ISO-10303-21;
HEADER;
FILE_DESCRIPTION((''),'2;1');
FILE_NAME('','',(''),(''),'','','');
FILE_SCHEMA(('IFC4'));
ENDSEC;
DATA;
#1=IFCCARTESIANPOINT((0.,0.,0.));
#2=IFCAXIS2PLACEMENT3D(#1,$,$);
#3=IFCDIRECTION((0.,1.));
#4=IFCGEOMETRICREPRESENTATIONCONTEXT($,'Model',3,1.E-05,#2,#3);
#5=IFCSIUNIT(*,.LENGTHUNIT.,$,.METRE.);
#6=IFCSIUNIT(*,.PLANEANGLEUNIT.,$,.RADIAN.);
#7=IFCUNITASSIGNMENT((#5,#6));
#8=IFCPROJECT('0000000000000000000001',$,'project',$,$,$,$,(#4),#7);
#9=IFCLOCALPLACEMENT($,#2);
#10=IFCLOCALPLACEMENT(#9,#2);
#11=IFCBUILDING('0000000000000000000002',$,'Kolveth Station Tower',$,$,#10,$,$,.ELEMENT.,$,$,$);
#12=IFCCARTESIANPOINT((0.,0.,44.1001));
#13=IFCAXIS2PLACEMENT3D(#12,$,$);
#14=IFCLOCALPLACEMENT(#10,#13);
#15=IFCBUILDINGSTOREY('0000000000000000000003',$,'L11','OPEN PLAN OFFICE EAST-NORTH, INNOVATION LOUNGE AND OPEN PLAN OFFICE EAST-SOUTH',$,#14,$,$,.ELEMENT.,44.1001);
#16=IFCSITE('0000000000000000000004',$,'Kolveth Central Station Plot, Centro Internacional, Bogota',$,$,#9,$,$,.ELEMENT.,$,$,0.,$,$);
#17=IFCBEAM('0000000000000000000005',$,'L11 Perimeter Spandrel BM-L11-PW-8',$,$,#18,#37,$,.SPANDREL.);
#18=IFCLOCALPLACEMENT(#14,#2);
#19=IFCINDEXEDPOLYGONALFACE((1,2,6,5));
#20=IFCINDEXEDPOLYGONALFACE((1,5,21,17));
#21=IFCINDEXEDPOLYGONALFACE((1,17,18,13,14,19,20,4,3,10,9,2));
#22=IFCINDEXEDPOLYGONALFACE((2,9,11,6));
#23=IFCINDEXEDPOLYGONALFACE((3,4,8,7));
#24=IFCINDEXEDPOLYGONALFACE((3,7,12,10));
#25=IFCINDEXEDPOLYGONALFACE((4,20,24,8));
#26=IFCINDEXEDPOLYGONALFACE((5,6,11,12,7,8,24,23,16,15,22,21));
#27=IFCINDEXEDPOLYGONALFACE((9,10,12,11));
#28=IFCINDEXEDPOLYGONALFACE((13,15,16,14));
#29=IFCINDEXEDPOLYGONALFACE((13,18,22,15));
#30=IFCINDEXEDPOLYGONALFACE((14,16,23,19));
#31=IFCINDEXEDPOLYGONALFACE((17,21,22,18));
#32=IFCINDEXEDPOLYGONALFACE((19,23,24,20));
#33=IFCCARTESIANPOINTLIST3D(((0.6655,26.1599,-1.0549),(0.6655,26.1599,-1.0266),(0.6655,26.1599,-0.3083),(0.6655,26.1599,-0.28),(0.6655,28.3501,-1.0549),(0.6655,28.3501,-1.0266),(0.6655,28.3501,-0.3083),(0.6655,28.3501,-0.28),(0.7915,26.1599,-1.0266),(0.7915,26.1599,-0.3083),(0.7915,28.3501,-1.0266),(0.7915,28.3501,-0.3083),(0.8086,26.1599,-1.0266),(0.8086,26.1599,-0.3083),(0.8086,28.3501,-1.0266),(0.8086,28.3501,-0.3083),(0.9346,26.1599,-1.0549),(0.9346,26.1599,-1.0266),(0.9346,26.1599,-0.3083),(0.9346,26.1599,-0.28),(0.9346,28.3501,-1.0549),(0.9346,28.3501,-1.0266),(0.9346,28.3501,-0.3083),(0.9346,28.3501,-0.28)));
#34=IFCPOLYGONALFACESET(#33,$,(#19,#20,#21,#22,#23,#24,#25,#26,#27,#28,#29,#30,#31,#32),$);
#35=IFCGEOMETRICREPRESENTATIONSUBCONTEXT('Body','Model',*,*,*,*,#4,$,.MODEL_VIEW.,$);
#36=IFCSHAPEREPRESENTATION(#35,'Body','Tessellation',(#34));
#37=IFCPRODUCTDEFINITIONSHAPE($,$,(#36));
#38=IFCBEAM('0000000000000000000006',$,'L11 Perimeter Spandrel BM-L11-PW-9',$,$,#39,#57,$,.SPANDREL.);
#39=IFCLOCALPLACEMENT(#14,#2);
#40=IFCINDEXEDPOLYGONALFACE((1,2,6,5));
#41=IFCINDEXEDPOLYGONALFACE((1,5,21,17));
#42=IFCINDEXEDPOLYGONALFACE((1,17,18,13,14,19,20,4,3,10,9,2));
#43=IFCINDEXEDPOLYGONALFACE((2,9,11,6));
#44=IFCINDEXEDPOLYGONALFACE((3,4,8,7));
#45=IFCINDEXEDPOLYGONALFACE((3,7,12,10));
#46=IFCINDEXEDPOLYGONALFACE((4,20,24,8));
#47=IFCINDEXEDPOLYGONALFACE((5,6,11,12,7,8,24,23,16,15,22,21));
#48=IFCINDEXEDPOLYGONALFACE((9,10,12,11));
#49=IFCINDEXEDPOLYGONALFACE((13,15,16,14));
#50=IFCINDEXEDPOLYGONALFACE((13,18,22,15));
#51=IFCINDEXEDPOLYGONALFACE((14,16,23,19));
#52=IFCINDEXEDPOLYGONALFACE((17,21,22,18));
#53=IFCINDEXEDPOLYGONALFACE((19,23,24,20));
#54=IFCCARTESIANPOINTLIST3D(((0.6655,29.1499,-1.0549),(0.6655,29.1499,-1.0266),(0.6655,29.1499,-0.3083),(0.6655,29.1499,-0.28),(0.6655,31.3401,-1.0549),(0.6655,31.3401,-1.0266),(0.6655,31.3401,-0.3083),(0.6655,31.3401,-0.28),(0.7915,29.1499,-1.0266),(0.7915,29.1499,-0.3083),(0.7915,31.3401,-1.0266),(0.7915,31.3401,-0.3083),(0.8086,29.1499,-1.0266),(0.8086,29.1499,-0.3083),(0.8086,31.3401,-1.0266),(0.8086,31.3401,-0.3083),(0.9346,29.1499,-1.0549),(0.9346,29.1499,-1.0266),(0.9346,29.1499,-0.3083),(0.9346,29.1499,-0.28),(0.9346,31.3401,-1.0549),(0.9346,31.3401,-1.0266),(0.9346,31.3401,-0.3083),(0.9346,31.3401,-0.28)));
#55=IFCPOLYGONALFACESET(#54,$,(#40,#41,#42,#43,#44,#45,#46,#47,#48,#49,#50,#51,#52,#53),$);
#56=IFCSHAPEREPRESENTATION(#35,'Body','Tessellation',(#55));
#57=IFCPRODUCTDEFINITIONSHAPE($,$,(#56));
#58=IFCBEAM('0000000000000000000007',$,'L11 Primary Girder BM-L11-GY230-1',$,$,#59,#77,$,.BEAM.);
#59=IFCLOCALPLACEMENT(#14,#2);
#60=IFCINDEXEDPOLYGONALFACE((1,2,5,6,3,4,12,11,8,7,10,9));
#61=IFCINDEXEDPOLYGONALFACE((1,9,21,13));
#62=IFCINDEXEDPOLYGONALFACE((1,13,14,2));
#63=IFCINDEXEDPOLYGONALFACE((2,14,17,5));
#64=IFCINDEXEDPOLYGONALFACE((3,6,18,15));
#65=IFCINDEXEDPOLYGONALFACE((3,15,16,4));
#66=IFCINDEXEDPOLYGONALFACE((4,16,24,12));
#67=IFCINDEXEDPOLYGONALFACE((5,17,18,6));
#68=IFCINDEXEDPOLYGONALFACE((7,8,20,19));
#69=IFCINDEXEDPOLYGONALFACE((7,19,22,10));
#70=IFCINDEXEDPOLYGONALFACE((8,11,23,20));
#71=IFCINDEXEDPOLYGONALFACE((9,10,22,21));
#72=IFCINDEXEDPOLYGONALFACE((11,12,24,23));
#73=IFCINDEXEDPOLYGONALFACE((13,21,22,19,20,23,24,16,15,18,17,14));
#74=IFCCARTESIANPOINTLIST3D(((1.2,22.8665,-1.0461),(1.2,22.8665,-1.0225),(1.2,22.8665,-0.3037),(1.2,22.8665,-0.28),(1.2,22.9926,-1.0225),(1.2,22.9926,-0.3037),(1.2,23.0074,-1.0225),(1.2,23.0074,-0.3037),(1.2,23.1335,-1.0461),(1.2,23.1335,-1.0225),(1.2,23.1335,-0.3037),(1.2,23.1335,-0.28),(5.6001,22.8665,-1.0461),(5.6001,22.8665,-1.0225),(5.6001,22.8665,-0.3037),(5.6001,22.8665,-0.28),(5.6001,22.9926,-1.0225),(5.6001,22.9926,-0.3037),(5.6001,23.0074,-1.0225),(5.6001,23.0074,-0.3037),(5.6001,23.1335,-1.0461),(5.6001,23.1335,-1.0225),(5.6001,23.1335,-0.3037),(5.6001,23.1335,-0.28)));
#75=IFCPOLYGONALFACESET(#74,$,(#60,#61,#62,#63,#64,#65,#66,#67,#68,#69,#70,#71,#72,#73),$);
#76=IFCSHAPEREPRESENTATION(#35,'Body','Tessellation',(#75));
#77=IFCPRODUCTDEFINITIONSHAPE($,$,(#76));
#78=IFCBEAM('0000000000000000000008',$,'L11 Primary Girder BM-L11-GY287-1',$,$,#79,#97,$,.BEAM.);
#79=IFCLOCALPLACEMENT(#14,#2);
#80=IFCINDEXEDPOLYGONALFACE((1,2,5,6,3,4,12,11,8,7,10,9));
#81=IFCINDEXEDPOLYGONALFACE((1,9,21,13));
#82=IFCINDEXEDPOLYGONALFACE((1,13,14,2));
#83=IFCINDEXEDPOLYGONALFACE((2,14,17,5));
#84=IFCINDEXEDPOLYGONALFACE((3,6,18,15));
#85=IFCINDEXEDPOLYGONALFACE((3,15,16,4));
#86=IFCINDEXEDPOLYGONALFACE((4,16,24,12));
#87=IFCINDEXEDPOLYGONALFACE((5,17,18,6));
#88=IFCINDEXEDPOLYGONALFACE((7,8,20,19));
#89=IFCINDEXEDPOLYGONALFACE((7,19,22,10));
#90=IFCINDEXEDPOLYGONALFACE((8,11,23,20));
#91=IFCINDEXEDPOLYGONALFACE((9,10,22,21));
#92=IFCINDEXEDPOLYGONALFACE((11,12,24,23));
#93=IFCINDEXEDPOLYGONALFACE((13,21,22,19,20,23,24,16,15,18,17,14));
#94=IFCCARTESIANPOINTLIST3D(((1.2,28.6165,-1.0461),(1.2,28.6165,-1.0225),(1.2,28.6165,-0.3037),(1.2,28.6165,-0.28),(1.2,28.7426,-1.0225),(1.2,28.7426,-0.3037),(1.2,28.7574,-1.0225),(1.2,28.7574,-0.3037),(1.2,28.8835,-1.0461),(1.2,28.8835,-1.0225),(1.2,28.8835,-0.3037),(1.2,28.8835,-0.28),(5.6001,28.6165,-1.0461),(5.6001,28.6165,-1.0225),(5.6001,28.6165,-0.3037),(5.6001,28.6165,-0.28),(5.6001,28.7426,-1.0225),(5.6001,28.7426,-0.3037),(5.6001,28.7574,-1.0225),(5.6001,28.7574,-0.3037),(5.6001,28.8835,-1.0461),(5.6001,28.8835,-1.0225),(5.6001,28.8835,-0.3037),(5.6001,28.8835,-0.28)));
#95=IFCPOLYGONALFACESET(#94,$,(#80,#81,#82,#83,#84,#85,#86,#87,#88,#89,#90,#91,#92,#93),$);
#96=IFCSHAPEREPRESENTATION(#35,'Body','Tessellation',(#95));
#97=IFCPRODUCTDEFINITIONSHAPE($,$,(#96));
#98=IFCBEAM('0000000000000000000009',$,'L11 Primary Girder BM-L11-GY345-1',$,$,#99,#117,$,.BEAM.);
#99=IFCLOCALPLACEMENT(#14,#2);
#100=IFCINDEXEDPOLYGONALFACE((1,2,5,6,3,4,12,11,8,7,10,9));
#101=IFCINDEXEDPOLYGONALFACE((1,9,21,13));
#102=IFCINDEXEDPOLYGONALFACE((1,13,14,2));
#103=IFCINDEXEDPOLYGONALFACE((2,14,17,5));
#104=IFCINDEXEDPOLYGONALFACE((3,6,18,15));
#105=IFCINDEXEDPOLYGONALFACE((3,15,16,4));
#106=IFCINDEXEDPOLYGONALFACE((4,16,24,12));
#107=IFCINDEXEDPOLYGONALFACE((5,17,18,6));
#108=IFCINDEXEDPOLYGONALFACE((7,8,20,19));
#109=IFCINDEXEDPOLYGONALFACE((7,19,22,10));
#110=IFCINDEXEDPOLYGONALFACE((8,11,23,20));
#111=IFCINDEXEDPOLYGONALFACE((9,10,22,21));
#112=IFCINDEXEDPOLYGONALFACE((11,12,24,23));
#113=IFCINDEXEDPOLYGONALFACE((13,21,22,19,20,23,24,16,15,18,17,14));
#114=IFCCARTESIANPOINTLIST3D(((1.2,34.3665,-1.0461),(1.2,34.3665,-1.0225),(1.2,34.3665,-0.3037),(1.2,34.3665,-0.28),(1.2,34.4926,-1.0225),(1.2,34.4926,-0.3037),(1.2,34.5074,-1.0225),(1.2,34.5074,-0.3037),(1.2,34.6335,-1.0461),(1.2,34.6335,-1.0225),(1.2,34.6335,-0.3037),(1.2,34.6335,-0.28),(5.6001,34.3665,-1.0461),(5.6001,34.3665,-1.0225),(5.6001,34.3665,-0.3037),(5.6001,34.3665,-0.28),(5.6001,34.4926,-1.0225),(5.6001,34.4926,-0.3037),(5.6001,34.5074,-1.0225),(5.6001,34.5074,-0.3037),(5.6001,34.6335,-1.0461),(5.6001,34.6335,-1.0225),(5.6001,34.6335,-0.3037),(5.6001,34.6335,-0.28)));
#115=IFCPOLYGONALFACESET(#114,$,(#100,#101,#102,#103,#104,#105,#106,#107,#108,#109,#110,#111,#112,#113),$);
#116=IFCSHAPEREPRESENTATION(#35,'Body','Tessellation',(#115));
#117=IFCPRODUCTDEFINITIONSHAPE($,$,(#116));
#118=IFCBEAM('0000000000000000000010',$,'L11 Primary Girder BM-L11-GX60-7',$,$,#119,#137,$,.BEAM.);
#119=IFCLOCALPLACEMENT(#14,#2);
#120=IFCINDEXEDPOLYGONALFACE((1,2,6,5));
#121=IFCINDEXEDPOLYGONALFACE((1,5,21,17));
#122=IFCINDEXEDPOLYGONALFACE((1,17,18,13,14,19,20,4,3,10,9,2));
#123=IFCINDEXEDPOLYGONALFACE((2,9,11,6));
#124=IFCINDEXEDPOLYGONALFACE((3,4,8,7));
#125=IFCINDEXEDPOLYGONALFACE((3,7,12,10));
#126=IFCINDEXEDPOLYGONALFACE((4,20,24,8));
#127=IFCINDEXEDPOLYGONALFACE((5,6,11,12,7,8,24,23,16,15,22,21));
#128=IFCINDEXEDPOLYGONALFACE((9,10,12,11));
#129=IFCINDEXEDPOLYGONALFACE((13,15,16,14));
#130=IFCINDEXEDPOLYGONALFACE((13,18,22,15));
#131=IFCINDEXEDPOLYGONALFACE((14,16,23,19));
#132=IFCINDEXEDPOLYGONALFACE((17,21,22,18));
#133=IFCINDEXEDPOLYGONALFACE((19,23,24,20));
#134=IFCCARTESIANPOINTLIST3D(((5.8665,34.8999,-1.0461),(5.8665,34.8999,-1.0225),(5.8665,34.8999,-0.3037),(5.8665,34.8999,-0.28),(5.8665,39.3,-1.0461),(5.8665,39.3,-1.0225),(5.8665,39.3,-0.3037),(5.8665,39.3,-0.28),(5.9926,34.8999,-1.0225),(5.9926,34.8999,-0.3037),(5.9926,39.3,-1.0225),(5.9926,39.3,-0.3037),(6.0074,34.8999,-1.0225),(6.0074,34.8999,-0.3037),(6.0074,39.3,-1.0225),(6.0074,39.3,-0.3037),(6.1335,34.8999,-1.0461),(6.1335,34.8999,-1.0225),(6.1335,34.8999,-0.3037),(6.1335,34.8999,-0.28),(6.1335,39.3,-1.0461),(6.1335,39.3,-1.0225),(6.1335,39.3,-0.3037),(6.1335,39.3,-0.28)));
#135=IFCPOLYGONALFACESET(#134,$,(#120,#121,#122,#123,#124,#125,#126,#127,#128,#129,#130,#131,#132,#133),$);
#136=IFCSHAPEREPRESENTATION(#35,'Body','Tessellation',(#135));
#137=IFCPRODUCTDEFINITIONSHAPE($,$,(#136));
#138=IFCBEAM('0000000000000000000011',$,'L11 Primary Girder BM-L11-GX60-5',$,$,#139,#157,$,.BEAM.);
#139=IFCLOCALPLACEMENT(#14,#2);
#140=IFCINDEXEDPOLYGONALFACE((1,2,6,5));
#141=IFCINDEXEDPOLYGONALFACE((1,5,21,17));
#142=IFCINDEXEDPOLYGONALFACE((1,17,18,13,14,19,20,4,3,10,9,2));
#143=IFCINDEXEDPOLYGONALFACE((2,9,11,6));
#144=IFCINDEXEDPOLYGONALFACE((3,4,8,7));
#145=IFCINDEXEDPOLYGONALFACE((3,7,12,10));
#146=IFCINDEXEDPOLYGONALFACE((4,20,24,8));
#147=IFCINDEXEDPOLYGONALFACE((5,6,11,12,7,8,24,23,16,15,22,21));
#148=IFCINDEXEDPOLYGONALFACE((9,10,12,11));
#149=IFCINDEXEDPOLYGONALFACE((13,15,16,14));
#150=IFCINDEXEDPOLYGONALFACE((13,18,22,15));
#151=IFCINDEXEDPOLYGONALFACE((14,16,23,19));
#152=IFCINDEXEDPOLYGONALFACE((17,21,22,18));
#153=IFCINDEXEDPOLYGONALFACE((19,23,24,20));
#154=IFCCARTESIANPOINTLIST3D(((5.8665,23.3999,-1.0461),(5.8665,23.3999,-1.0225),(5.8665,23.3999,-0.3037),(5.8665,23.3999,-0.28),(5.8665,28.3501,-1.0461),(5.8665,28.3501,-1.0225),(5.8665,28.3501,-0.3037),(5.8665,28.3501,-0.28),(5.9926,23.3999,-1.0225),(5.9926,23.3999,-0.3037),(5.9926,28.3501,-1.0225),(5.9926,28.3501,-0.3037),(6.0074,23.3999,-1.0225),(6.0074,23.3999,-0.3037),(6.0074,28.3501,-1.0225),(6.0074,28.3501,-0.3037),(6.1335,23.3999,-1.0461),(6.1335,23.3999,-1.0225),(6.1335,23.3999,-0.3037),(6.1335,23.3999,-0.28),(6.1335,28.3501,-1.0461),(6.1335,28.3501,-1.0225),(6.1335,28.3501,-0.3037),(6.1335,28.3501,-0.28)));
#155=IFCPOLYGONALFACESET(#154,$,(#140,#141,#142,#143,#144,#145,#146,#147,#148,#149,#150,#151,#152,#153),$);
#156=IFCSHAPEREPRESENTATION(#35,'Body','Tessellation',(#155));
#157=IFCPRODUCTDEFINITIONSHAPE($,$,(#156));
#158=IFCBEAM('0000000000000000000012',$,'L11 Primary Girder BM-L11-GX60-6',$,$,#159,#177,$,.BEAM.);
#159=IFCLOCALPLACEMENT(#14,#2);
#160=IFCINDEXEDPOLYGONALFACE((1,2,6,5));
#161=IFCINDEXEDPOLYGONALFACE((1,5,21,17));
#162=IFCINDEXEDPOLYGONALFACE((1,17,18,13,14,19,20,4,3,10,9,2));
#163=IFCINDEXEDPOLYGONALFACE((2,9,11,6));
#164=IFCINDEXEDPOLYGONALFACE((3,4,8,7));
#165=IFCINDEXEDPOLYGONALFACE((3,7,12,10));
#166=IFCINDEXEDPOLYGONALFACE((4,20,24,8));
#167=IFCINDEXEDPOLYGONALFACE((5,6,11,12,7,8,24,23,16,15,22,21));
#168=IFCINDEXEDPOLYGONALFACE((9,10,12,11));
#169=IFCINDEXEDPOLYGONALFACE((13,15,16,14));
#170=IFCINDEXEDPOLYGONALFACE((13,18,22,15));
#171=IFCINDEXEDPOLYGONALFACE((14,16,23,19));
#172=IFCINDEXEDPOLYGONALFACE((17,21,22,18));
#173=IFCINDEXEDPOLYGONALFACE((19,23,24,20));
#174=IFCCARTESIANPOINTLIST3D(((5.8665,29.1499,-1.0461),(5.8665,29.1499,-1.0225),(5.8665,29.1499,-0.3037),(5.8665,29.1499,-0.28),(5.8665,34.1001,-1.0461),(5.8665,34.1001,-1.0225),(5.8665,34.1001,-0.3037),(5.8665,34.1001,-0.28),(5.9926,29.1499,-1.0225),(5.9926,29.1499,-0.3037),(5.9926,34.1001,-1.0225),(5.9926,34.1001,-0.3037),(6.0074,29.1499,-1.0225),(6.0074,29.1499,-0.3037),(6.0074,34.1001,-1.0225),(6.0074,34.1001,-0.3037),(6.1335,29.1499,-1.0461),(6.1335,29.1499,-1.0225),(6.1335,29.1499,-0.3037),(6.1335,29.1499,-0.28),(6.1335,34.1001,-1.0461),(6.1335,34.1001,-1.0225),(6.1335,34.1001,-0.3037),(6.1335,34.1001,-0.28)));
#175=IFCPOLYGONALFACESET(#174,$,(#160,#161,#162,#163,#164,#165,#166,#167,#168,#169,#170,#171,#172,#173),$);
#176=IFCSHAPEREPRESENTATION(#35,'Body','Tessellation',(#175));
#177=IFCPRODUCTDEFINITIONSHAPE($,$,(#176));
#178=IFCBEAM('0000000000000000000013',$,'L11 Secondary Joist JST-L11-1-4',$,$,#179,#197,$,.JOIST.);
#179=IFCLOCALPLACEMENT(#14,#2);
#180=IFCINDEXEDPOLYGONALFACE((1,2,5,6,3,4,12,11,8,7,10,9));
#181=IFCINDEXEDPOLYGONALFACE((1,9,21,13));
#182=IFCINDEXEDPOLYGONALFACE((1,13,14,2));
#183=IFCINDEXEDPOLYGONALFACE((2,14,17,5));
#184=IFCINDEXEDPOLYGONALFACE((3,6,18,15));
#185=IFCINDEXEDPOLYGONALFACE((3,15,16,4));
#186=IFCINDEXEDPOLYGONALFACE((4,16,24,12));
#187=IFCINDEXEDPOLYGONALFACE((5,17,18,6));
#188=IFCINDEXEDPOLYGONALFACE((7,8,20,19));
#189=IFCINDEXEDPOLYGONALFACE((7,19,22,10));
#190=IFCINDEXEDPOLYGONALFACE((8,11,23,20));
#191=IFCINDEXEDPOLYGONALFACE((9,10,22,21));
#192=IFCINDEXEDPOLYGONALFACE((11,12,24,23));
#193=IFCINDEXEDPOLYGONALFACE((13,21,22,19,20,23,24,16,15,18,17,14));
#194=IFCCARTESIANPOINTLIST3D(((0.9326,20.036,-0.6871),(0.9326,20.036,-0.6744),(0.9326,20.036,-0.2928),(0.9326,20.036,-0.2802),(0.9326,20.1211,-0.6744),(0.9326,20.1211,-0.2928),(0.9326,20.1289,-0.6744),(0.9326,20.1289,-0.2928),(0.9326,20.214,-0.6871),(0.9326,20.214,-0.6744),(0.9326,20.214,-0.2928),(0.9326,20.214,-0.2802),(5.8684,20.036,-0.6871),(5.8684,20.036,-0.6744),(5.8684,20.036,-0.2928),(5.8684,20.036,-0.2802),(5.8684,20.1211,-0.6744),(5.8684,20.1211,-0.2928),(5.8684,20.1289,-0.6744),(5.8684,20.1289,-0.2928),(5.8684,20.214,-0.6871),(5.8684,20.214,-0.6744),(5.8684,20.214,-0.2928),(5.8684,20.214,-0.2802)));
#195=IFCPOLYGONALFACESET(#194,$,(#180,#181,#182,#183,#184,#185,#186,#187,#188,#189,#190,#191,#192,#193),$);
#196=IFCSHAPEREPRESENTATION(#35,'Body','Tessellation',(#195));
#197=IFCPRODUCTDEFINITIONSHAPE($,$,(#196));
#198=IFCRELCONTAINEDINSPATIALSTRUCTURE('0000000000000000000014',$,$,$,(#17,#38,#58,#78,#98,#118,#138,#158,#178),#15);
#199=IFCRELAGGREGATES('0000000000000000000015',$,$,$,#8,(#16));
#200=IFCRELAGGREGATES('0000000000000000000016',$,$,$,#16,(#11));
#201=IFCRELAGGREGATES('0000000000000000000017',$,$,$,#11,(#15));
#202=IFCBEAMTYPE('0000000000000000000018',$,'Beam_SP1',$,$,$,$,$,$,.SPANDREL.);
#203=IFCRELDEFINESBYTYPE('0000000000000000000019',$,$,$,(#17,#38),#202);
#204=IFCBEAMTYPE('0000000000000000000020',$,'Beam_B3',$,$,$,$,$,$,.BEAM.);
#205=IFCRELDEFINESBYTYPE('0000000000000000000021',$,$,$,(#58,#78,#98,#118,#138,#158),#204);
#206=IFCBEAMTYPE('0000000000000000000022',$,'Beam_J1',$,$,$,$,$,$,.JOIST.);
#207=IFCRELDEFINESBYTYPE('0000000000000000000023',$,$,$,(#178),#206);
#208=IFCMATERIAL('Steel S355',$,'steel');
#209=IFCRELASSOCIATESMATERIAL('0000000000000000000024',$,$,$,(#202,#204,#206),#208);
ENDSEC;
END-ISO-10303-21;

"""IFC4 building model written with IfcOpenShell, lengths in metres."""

from ifc_helpers import new_model, si_unit, direction, frame, origin, origin_2d, place, context, subcontext, project, spatial, i_section, extrude, source, transform, mapped, material, material_profile, profile_set, type_object, element, save


model = new_model("IFC4")

# Units and contexts
model_context = context("Model", 3, precision=1e-05, world=origin(), true_north=direction((0.0, 1.0)))
body_context = subcontext(model_context, "Body", "Model", "MODEL_VIEW")
ifc_project = project(units=[si_unit("LENGTHUNIT", "METRE"), si_unit("PLANEANGLEUNIT", "RADIAN")], contexts=[model_context])

# Site, building, storey
site_placement = place(None, origin())
site = spatial("IfcSite", under=ifc_project, at=site_placement, Name="Kolveth Central Station Plot, Centro Internacional, Bogota", CompositionType="ELEMENT", RefElevation=0.0)
building_placement = place(site_placement, origin())
building = spatial("IfcBuilding", under=site, at=building_placement, Name="Kolveth Station Tower", CompositionType="ELEMENT")
storey_placement = place(building_placement, frame((0.0, 0.0, 44.1001)))
storey = spatial("IfcBuildingStorey", under=building, at=storey_placement, Name="L11", Description="OPEN PLAN OFFICE EAST-NORTH, INNOVATION LOUNGE AND OPEN PLAN OFFICE EAST-SOUTH", CompositionType="ELEMENT", Elevation=44.1001)

# Shared definitions
ifc_material_1 = material(Name="Steel S355", Category="steel")

# Beams
ifc_material_profile_1 = material_profile(ifc_material_1, i_section(OverallWidth=0.269, OverallDepth=0.7749, WebThickness=0.0171, FlangeThickness=0.0283, at=origin_2d()), Name="W760x220")
ifc_profile_set_1 = profile_set([ifc_material_profile_1], Name="Steel S355")
beam_type_1 = type_object("IfcBeamType", Name="Beam_SP1", PredefinedType="SPANDREL", material=ifc_profile_set_1)
shared_shape_1 = source(origin(), body_context, "Body", "SweptSolid", [
    extrude(i_section(OverallWidth=0.269, OverallDepth=0.7749, WebThickness=0.0171, FlangeThickness=0.0283, at=origin_2d()), origin(), (0.0, 0.0, 1.0), 2.1902),
])
for number, where, z_axis, x_axis, name in (
    (1, (0.8, 26.1599, -0.6675), (0.0, 1.0, 0.0), (-1.0, 0.0, 0.0), "L11 Perimeter Spandrel BM-L11-PW-8"),
    (2, (0.8, 29.1499, -0.6675), (0.0, 1.0, 0.0), (-1.0, 0.0, 0.0), "L11 Perimeter Spandrel BM-L11-PW-9"),
):
    element("IfcBeam", number, at=place(storey_placement, frame(where, z_axis=z_axis, x_axis=x_axis)), inside=storey, type_object=beam_type_1, Name=name, PredefinedType="SPANDREL", context=body_context, shape_type="MappedRepresentation", body=[
        mapped(shared_shape_1, transform((0.0, 0.0, 0.0), x_axis=(1.0, 0.0, 0.0), y_axis=(0.0, 1.0, 0.0), z_axis=(0.0, 0.0, 1.0), scale=1.0)),
    ])
ifc_material_profile_2 = material_profile(ifc_material_1, i_section(OverallWidth=0.2671, OverallDepth=0.7661, WebThickness=0.0149, FlangeThickness=0.0237, at=origin_2d()), Name="W760x185")
ifc_profile_set_2 = profile_set([ifc_material_profile_2], Name="Steel S355")
beam_type_2 = type_object("IfcBeamType", Name="Beam_B3", PredefinedType="BEAM", material=ifc_profile_set_2)
shared_shape_2 = source(origin(), body_context, "Body", "SweptSolid", [
    extrude(i_section(OverallWidth=0.2671, OverallDepth=0.7661, WebThickness=0.0149, FlangeThickness=0.0237, at=origin_2d()), origin(), (0.0, 0.0, 1.0), 4.4001),
])
for number, where, z_axis, x_axis, name in (
    (3, (1.2, 23.0, -0.6631), (1.0, 0.0, 0.0), (0.0, 1.0, 0.0), "L11 Primary Girder BM-L11-GY230-1"),
    (4, (1.2, 28.75, -0.6631), (1.0, 0.0, 0.0), (0.0, 1.0, 0.0), "L11 Primary Girder BM-L11-GY287-1"),
    (5, (1.2, 34.5, -0.6631), (1.0, 0.0, 0.0), (0.0, 1.0, 0.0), "L11 Primary Girder BM-L11-GY345-1"),
    (6, (6.0, 34.8999, -0.6631), (0.0, 1.0, 0.0), (-1.0, 0.0, 0.0), "L11 Primary Girder BM-L11-GX60-7"),
):
    element("IfcBeam", number, at=place(storey_placement, frame(where, z_axis=z_axis, x_axis=x_axis)), inside=storey, type_object=beam_type_2, Name=name, PredefinedType="BEAM", context=body_context, shape_type="MappedRepresentation", body=[
        mapped(shared_shape_2, transform((0.0, 0.0, 0.0), x_axis=(1.0, 0.0, 0.0), y_axis=(0.0, 1.0, 0.0), z_axis=(0.0, 0.0, 1.0), scale=1.0)),
    ])
shared_shape_3 = source(origin(), body_context, "Body", "SweptSolid", [
    extrude(i_section(OverallWidth=0.2671, OverallDepth=0.7661, WebThickness=0.0149, FlangeThickness=0.0237, at=origin_2d()), origin(), (0.0, 0.0, 1.0), 4.9502),
])
for number, where, z_axis, x_axis, name in (
    (7, (6.0, 23.3999, -0.6631), (0.0, 1.0, 0.0), (-1.0, 0.0, 0.0), "L11 Primary Girder BM-L11-GX60-5"),
    (8, (6.0, 29.1499, -0.6631), (0.0, 1.0, 0.0), (-1.0, 0.0, 0.0), "L11 Primary Girder BM-L11-GX60-6"),
):
    element("IfcBeam", number, at=place(storey_placement, frame(where, z_axis=z_axis, x_axis=x_axis)), inside=storey, type_object=beam_type_2, Name=name, PredefinedType="BEAM", context=body_context, shape_type="MappedRepresentation", body=[
        mapped(shared_shape_3, transform((0.0, 0.0, 0.0), x_axis=(1.0, 0.0, 0.0), y_axis=(0.0, 1.0, 0.0), z_axis=(0.0, 0.0, 1.0), scale=1.0)),
    ])
ifc_material_profile_3 = material_profile(ifc_material_1, i_section(OverallWidth=0.178, OverallDepth=0.407, WebThickness=0.0078, FlangeThickness=0.0127, at=origin_2d()), Name="W410x60")
ifc_profile_set_3 = profile_set([ifc_material_profile_3], Name="Steel S355")
beam_type_3 = type_object("IfcBeamType", Name="Beam_J1", PredefinedType="JOIST", material=ifc_profile_set_3)
shared_shape_4 = source(origin(), body_context, "Body", "SweptSolid", [
    extrude(i_section(OverallWidth=0.178, OverallDepth=0.407, WebThickness=0.0078, FlangeThickness=0.0127, at=origin_2d()), origin(), (0.0, 0.0, 1.0), 4.9358),
])
for number, where, z_axis, x_axis, name in (
    (9, (0.9326, 20.125, -0.4836), (1.0, 0.0, 0.0), (0.0, 1.0, 0.0), "L11 Secondary Joist JST-L11-1-4"),
):
    element("IfcBeam", number, at=place(storey_placement, frame(where, z_axis=z_axis, x_axis=x_axis)), inside=storey, type_object=beam_type_3, Name=name, PredefinedType="JOIST", context=body_context, shape_type="MappedRepresentation", body=[
        mapped(shared_shape_4, transform((0.0, 0.0, 0.0), x_axis=(1.0, 0.0, 0.0), y_axis=(0.0, 1.0, 0.0), z_axis=(0.0, 0.0, 1.0), scale=1.0)),
    ])

save(model, "model.ifc")
